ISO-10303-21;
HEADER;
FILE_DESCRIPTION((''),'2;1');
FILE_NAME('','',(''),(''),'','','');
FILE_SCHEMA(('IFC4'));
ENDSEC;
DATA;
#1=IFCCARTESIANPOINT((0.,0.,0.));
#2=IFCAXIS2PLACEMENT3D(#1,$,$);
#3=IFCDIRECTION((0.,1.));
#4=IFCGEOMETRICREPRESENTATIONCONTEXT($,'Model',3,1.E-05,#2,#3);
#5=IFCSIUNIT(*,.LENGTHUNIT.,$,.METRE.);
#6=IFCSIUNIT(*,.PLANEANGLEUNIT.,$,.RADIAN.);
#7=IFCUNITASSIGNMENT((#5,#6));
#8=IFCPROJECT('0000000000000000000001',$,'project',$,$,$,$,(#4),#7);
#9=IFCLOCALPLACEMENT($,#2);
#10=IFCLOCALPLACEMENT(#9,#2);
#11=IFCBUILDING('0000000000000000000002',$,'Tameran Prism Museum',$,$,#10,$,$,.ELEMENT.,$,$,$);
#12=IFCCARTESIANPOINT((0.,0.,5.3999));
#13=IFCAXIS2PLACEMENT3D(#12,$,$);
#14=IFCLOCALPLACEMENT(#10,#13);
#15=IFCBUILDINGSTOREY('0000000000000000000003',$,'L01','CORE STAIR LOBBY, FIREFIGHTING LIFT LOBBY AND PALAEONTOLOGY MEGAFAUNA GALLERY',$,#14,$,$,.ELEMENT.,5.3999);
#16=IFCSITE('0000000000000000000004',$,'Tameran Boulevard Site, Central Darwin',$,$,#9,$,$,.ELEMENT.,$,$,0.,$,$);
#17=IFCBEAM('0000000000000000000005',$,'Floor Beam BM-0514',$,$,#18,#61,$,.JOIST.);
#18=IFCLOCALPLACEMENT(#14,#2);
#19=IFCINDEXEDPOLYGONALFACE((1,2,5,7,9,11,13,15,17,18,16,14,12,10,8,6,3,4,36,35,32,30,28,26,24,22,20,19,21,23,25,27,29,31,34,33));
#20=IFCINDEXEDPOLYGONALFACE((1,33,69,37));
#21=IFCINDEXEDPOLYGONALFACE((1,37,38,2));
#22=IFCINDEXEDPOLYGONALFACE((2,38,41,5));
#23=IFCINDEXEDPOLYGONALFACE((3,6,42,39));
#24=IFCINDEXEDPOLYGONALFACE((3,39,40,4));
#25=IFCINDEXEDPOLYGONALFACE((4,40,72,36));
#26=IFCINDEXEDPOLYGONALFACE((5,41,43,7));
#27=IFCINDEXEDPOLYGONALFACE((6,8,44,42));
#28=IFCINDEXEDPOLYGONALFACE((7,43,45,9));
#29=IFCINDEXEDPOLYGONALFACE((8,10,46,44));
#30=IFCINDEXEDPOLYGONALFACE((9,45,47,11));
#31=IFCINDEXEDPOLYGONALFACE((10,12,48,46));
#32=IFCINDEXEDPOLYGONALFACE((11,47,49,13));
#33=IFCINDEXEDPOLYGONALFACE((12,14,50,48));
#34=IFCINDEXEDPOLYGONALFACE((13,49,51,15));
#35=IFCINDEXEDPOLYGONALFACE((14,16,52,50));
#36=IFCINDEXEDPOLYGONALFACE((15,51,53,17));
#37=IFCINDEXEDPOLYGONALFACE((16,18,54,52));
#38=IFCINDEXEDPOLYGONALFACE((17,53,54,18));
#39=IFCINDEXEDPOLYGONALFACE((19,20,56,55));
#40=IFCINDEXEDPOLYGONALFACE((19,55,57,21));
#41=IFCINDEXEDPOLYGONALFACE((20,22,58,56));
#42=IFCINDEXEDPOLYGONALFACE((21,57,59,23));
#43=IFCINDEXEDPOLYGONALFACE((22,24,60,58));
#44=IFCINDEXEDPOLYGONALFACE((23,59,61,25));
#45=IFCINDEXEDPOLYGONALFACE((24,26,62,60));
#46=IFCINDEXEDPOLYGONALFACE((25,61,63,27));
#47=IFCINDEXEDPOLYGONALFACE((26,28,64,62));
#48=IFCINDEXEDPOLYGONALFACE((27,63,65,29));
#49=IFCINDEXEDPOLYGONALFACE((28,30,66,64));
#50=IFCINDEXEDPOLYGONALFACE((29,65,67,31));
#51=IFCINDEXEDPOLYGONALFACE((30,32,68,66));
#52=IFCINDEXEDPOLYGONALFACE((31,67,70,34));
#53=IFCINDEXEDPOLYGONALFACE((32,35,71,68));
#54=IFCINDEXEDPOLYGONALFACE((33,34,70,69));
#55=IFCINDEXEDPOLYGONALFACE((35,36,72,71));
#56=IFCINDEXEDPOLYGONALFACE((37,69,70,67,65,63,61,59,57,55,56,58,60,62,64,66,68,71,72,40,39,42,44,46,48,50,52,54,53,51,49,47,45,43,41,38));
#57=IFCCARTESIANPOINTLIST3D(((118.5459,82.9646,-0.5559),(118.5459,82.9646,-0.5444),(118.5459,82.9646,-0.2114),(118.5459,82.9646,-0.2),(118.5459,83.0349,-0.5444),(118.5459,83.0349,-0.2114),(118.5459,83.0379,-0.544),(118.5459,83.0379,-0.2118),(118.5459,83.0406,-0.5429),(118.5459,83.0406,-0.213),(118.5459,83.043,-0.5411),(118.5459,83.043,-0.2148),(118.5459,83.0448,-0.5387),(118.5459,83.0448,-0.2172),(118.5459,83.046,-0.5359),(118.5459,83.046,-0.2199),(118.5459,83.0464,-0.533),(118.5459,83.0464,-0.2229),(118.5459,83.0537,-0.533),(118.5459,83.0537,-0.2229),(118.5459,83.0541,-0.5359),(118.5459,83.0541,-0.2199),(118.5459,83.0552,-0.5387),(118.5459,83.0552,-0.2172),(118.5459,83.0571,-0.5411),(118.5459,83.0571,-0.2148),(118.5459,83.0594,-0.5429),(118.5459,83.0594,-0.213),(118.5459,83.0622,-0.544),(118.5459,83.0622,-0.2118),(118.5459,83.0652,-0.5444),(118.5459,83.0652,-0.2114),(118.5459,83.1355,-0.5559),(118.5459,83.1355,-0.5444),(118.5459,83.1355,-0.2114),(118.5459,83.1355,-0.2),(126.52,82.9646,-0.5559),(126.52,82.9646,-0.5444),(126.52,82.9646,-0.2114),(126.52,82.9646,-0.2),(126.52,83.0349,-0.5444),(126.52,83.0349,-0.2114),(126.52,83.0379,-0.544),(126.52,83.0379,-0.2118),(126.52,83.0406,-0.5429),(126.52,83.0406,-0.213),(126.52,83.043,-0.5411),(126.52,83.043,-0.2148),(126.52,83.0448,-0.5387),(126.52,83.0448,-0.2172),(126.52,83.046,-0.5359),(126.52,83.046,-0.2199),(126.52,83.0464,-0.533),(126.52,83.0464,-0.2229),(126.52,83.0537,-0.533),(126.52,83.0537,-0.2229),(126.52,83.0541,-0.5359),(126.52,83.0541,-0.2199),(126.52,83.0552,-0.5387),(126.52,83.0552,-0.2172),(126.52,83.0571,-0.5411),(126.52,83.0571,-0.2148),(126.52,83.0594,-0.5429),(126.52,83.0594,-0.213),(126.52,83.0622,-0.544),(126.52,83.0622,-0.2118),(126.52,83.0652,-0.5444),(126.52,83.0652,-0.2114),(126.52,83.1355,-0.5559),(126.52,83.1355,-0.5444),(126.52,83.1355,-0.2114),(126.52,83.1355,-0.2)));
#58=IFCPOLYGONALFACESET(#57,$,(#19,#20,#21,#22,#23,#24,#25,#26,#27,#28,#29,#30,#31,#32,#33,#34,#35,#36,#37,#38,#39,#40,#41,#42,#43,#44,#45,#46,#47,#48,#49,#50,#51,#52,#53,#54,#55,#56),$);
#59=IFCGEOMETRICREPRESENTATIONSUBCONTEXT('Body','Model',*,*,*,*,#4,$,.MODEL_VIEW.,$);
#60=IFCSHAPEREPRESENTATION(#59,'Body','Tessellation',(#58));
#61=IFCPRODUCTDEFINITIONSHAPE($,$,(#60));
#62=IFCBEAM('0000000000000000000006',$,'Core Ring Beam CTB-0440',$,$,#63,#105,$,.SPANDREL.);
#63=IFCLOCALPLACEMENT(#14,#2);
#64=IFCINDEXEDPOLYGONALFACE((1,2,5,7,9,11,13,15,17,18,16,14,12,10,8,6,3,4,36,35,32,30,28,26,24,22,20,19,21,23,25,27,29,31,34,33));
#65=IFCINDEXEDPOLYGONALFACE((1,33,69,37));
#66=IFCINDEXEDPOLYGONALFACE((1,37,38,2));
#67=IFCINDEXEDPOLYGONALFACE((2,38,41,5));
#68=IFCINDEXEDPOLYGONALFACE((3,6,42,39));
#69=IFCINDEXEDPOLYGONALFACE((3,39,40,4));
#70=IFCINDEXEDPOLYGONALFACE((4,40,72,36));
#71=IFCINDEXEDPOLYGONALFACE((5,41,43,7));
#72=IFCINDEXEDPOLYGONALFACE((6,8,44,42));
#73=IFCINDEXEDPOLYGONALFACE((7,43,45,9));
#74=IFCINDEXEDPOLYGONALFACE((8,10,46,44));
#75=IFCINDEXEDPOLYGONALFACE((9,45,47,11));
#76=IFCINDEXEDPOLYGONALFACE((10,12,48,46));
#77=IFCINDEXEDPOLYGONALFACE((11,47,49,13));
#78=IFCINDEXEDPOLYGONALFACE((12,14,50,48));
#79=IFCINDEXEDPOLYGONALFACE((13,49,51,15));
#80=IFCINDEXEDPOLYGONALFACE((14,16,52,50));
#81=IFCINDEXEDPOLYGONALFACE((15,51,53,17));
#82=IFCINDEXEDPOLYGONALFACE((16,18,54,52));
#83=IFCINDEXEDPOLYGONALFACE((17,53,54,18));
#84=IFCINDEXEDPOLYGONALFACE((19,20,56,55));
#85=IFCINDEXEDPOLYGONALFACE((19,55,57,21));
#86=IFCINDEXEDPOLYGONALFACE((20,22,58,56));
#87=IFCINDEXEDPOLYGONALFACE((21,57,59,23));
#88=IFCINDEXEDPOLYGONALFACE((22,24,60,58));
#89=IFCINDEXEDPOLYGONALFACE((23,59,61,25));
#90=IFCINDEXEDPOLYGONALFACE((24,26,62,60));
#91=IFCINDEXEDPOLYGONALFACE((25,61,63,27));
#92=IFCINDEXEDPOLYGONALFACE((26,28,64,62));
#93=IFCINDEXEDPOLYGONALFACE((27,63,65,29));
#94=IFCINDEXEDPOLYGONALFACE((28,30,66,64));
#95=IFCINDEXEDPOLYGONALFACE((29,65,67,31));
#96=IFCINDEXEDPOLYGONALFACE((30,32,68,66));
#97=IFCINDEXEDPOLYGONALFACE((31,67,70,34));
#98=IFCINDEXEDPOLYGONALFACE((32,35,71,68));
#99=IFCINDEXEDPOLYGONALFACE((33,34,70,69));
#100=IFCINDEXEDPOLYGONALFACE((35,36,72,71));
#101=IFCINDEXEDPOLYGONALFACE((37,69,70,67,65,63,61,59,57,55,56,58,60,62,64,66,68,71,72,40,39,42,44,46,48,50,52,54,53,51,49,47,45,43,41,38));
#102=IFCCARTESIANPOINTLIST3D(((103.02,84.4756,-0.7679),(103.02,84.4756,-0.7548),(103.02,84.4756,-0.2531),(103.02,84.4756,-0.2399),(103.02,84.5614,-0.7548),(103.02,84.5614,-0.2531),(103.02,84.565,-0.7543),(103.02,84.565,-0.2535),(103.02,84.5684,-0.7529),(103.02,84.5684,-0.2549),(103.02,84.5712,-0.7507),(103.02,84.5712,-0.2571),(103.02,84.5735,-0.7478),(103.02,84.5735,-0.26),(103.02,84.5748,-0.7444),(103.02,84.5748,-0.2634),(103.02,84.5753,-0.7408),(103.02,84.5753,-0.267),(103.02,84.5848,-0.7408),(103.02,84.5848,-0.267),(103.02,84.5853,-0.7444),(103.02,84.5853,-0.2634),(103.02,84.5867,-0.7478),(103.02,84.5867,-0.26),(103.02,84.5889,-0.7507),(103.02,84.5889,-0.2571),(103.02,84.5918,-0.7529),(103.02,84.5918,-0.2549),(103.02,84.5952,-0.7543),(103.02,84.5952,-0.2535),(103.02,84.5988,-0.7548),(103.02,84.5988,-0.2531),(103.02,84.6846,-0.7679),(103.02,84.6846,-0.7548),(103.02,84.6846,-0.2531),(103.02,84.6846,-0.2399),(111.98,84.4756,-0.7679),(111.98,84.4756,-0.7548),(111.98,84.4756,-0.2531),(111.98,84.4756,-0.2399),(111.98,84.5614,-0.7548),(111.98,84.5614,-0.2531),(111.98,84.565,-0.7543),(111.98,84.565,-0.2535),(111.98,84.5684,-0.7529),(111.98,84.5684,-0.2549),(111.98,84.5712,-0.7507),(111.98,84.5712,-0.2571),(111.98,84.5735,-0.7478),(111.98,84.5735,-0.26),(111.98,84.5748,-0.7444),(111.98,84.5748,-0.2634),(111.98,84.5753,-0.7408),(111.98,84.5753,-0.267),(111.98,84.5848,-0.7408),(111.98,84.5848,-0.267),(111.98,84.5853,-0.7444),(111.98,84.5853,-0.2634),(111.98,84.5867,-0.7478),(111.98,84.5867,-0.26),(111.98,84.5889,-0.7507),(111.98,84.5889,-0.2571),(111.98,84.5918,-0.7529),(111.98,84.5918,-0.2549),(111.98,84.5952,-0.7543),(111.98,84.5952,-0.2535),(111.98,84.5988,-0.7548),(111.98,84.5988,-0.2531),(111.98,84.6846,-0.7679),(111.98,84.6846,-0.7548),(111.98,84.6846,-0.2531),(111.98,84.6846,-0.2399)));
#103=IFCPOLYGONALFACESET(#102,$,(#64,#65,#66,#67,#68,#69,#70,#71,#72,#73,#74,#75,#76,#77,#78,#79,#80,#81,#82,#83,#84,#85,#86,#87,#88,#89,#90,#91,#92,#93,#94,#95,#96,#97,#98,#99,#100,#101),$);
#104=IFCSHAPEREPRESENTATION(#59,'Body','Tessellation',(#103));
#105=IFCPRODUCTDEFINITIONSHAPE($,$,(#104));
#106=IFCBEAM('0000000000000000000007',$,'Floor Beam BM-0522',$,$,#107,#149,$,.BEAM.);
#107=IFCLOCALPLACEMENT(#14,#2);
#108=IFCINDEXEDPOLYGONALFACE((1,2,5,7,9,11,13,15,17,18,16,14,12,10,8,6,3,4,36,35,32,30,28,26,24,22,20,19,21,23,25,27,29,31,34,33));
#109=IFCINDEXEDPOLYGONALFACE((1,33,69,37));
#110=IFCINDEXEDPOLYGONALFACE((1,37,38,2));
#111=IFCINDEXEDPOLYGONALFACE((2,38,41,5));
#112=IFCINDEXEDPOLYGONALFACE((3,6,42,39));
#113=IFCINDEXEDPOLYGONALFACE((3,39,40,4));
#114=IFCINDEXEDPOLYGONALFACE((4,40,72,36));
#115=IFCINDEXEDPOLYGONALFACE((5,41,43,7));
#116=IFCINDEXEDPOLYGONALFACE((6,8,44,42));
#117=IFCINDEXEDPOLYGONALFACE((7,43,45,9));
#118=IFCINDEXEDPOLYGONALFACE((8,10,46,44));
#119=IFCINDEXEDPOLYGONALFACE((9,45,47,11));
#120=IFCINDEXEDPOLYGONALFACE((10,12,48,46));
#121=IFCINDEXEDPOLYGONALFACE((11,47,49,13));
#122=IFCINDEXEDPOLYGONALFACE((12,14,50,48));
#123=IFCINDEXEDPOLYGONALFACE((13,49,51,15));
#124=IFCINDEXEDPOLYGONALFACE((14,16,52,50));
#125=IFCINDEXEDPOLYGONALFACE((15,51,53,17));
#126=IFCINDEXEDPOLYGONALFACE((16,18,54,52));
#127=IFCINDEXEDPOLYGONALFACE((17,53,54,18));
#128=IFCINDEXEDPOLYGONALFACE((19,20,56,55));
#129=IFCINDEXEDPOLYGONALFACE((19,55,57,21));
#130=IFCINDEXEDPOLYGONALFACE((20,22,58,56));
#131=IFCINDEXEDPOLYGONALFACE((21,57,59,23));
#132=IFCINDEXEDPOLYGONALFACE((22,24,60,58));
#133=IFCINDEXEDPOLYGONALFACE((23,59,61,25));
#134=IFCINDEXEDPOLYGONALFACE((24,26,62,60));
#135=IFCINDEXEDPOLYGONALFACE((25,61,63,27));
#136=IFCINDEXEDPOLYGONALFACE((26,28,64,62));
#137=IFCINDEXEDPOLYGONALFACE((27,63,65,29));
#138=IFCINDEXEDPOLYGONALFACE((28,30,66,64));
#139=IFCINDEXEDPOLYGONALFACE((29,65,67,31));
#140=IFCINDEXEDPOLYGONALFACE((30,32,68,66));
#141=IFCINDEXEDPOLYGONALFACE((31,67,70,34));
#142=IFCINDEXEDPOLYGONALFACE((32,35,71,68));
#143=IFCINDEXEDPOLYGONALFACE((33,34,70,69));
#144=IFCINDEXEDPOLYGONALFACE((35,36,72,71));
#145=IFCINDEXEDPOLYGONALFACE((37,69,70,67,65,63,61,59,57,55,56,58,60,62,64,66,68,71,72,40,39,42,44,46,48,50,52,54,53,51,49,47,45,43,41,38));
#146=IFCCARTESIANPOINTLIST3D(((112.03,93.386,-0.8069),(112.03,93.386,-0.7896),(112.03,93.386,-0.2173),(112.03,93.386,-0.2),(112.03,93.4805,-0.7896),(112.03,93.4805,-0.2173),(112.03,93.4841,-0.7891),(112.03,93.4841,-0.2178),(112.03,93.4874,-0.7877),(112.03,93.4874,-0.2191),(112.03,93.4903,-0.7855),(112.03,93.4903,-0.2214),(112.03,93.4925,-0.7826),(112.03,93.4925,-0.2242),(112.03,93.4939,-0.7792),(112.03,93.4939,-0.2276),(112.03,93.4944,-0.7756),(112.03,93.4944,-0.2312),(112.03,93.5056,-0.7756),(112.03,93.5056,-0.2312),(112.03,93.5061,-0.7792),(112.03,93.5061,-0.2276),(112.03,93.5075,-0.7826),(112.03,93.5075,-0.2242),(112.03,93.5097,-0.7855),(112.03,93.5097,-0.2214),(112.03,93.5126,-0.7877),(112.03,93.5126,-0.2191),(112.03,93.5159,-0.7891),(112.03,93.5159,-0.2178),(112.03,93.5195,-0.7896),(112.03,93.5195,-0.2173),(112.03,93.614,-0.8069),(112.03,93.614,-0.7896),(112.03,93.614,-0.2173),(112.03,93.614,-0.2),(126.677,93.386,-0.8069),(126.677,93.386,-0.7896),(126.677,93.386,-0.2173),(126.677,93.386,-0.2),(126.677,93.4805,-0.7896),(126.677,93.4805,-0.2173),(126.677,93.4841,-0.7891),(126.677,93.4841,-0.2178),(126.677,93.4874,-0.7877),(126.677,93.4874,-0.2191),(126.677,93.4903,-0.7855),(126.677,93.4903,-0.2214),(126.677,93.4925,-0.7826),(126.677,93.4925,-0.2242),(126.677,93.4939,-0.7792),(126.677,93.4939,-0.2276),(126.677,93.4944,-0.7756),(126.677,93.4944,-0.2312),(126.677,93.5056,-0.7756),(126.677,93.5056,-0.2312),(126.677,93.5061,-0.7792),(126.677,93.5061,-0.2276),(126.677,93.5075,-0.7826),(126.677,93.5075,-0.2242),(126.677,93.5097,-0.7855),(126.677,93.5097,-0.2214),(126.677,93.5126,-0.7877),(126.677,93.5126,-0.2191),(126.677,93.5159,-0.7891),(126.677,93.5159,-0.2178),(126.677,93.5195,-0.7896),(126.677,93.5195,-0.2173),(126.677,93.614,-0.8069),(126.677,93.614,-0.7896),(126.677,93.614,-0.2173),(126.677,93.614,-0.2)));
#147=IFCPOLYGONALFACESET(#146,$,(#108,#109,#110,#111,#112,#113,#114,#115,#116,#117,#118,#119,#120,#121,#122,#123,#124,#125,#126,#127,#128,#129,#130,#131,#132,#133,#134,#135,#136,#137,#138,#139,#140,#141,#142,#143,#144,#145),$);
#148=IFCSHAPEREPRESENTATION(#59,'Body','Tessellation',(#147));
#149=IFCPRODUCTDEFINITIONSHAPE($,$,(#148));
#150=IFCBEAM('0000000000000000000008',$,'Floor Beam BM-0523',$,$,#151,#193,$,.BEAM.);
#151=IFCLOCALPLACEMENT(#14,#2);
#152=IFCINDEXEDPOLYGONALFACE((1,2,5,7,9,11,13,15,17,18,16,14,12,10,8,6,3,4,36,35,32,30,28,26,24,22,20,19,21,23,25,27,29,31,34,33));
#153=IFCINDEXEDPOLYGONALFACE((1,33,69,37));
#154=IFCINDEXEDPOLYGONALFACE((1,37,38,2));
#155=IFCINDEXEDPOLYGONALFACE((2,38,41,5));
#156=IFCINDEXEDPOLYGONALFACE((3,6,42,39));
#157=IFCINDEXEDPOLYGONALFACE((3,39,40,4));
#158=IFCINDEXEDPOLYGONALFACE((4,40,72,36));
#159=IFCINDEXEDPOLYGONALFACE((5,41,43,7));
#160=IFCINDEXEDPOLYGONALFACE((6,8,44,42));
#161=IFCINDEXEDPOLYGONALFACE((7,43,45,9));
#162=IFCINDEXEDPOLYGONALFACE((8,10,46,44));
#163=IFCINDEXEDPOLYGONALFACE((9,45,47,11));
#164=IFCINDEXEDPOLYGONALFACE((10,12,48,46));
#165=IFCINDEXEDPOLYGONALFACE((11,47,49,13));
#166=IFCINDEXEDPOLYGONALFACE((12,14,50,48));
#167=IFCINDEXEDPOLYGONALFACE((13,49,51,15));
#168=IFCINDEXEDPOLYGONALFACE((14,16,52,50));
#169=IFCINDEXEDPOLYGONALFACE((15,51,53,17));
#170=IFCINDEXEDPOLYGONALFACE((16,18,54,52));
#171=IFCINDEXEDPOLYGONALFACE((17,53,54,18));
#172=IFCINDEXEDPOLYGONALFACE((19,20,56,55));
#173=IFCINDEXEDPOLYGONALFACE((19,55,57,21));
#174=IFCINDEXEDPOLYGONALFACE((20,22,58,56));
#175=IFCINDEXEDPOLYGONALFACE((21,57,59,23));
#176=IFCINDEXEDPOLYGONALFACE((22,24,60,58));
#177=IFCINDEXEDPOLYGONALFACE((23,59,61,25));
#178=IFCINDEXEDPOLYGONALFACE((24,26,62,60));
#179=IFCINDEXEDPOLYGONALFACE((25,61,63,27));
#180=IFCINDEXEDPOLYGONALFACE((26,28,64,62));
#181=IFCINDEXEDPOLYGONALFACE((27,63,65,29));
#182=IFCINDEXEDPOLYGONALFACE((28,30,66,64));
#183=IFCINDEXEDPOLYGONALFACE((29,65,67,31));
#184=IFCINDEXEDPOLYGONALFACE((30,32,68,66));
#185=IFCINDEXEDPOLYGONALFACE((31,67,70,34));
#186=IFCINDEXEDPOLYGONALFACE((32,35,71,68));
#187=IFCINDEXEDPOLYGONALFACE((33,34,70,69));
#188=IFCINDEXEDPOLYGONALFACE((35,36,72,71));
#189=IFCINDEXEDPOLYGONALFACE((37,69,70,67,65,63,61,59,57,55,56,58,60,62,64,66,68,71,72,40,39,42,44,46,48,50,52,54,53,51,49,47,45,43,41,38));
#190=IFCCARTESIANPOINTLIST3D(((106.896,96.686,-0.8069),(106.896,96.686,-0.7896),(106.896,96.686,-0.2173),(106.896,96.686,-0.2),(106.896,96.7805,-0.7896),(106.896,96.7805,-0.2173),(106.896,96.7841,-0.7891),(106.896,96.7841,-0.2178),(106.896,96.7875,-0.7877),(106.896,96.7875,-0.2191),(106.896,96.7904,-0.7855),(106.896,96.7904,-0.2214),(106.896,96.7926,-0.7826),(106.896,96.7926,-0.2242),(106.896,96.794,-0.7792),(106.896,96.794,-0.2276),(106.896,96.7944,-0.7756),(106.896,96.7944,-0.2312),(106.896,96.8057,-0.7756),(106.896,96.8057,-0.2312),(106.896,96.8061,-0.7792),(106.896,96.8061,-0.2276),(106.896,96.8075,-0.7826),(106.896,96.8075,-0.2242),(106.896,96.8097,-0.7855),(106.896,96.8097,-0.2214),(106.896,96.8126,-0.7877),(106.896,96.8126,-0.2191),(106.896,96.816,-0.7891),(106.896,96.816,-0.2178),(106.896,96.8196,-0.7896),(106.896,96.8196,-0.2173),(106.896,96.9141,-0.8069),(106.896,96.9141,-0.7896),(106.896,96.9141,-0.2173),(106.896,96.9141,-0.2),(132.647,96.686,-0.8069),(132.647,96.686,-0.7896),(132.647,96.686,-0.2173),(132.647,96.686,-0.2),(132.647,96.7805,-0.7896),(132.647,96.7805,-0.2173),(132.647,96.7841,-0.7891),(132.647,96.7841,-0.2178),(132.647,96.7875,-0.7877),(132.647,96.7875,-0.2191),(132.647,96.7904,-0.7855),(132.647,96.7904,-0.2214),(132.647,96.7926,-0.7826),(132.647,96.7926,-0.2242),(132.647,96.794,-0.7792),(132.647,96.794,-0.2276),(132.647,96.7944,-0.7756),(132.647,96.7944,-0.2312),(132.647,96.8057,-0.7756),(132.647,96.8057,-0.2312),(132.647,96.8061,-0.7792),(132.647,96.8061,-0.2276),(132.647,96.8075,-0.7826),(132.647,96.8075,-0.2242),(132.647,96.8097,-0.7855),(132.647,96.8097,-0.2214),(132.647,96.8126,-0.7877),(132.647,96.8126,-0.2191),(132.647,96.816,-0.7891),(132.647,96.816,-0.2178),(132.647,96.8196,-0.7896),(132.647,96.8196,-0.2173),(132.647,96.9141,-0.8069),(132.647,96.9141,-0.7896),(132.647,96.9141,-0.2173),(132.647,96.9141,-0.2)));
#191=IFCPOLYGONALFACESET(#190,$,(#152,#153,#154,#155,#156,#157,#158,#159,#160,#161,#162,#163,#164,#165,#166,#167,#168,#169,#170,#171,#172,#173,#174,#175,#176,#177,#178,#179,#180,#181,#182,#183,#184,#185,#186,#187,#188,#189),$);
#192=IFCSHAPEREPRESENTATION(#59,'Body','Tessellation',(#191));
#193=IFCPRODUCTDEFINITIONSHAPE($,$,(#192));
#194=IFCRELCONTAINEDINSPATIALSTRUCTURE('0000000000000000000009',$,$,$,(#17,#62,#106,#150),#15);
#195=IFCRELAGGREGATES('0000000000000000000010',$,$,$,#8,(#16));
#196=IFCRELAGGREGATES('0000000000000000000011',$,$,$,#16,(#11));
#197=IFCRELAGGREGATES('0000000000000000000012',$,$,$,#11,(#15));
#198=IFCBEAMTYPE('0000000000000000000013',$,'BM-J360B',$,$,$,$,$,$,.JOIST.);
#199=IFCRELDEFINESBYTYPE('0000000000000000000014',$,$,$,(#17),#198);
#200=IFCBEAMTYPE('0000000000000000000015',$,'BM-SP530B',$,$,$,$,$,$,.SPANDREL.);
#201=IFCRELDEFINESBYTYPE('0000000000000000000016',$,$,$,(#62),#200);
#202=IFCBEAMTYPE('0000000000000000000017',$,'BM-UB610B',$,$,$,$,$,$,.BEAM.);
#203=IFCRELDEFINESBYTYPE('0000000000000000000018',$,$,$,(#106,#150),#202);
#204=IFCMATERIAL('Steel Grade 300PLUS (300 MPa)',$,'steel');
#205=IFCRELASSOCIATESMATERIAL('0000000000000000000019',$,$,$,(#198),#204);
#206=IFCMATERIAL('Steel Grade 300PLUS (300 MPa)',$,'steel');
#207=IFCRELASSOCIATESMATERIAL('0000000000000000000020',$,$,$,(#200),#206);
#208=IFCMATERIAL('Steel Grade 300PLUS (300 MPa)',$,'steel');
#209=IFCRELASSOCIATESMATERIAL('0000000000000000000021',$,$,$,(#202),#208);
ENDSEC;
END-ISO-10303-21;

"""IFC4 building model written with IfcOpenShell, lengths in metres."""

from ifc_helpers import new_model, si_unit, direction, frame, origin, origin_2d, place, context, subcontext, project, spatial, i_section, extrude, material, material_profile, profile_set, type_object, element, save


model = new_model("IFC4")

# Units and contexts
model_context = context("Model", 3, precision=1e-05, world=origin(), true_north=direction((0.0, 1.0)))
body_context = subcontext(model_context, "Body", "Model", "MODEL_VIEW")
ifc_project = project(units=[si_unit("LENGTHUNIT", "METRE"), si_unit("PLANEANGLEUNIT", "RADIAN")], contexts=[model_context])

# Site, building, storey
site_placement = place(None, origin())
site = spatial("IfcSite", under=ifc_project, at=site_placement, Name="Tameran Boulevard Site, Central Darwin", CompositionType="ELEMENT", RefElevation=0.0)
building_placement = place(site_placement, origin())
building = spatial("IfcBuilding", under=site, at=building_placement, Name="Tameran Prism Museum", CompositionType="ELEMENT")
storey_placement = place(building_placement, frame((0.0, 0.0, 5.3999)))
storey = spatial("IfcBuildingStorey", under=building, at=storey_placement, Name="L01", Description="CORE STAIR LOBBY, FIREFIGHTING LIFT LOBBY AND PALAEONTOLOGY MEGAFAUNA GALLERY", CompositionType="ELEMENT", Elevation=5.3999)

# Beams
ifc_material_1 = material(Name="Steel Grade 300PLUS (300 MPa)", Category="steel")
ifc_material_profile_1 = material_profile(ifc_material_1, i_section(OverallWidth=0.1709, OverallDepth=0.356, WebThickness=0.0073, FlangeThickness=0.0115, FilletRadius=0.0115, at=origin_2d()))
ifc_profile_set_1 = profile_set([ifc_material_profile_1])
beam_type_1 = type_object("IfcBeamType", Name="BM-J360B", PredefinedType="JOIST", material=ifc_profile_set_1)
beam_1_placement = place(storey_placement, frame((118.5459, 83.05, -0.3779), z_axis=(1.0, 0.0, 0.0), x_axis=(0.0, 1.0, 0.0)))
element("IfcBeam", 1, at=beam_1_placement, inside=storey, type_object=beam_type_1, Name="Floor Beam BM-0514", PredefinedType="JOIST", context=body_context, shape_type="SweptSolid", body=[
    extrude(i_section(OverallWidth=0.1709, OverallDepth=0.356, WebThickness=0.0073, FlangeThickness=0.0115, FilletRadius=0.0115, at=origin_2d()), origin(), (0.0, 0.0, 1.0), 7.9741),
])
ifc_material_2 = material(Name="Steel Grade 300PLUS (300 MPa)", Category="steel")
ifc_material_profile_2 = material_profile(ifc_material_2, i_section(OverallWidth=0.209, OverallDepth=0.5281, WebThickness=0.0095, FlangeThickness=0.0132, FilletRadius=0.0139, at=origin_2d()))
ifc_profile_set_2 = profile_set([ifc_material_profile_2])
beam_type_2 = type_object("IfcBeamType", Name="BM-SP530B", PredefinedType="SPANDREL", material=ifc_profile_set_2)
beam_2_placement = place(storey_placement, frame((111.98, 84.5801, -0.5039), z_axis=(-1.0, 0.0, 0.0), x_axis=(0.0, -1.0, 0.0)))
element("IfcBeam", 2, at=beam_2_placement, inside=storey, type_object=beam_type_2, Name="Core Ring Beam CTB-0440", PredefinedType="SPANDREL", context=body_context, shape_type="SweptSolid", body=[
    extrude(i_section(OverallWidth=0.209, OverallDepth=0.5281, WebThickness=0.0095, FlangeThickness=0.0132, FilletRadius=0.0139, at=origin_2d()), origin(), (0.0, 0.0, 1.0), 8.96),
])
ifc_material_3 = material(Name="Steel Grade 300PLUS (300 MPa)", Category="steel")
ifc_material_profile_3 = material_profile(ifc_material_3, i_section(OverallWidth=0.228, OverallDepth=0.6069, WebThickness=0.0112, FlangeThickness=0.0173, FilletRadius=0.0139, at=origin_2d()))
ifc_profile_set_3 = profile_set([ifc_material_profile_3])
beam_type_3 = type_object("IfcBeamType", Name="BM-UB610B", PredefinedType="BEAM", material=ifc_profile_set_3)
beam_3_placement = place(storey_placement, frame((112.03, 93.5, -0.5034), z_axis=(1.0, 0.0, 0.0), x_axis=(0.0, 1.0, 0.0)))
element("IfcBeam", 3, at=beam_3_placement, inside=storey, type_object=beam_type_3, Name="Floor Beam BM-0522", PredefinedType="BEAM", context=body_context, shape_type="SweptSolid", body=[
    extrude(i_section(OverallWidth=0.228, OverallDepth=0.6069, WebThickness=0.0112, FlangeThickness=0.0173, FilletRadius=0.0139, at=origin_2d()), origin(), (0.0, 0.0, 1.0), 14.647),
])
beam_4_placement = place(storey_placement, frame((106.896, 96.8, -0.5034), z_axis=(1.0, 0.0, 0.0), x_axis=(0.0, 1.0, 0.0)))
element("IfcBeam", 4, at=beam_4_placement, inside=storey, type_object=beam_type_3, Name="Floor Beam BM-0523", PredefinedType="BEAM", context=body_context, shape_type="SweptSolid", body=[
    extrude(i_section(OverallWidth=0.228, OverallDepth=0.6069, WebThickness=0.0112, FlangeThickness=0.0173, FilletRadius=0.0139, at=origin_2d()), origin(), (0.0, 0.0, 1.0), 25.751),
])

save(model, "model.ifc")
